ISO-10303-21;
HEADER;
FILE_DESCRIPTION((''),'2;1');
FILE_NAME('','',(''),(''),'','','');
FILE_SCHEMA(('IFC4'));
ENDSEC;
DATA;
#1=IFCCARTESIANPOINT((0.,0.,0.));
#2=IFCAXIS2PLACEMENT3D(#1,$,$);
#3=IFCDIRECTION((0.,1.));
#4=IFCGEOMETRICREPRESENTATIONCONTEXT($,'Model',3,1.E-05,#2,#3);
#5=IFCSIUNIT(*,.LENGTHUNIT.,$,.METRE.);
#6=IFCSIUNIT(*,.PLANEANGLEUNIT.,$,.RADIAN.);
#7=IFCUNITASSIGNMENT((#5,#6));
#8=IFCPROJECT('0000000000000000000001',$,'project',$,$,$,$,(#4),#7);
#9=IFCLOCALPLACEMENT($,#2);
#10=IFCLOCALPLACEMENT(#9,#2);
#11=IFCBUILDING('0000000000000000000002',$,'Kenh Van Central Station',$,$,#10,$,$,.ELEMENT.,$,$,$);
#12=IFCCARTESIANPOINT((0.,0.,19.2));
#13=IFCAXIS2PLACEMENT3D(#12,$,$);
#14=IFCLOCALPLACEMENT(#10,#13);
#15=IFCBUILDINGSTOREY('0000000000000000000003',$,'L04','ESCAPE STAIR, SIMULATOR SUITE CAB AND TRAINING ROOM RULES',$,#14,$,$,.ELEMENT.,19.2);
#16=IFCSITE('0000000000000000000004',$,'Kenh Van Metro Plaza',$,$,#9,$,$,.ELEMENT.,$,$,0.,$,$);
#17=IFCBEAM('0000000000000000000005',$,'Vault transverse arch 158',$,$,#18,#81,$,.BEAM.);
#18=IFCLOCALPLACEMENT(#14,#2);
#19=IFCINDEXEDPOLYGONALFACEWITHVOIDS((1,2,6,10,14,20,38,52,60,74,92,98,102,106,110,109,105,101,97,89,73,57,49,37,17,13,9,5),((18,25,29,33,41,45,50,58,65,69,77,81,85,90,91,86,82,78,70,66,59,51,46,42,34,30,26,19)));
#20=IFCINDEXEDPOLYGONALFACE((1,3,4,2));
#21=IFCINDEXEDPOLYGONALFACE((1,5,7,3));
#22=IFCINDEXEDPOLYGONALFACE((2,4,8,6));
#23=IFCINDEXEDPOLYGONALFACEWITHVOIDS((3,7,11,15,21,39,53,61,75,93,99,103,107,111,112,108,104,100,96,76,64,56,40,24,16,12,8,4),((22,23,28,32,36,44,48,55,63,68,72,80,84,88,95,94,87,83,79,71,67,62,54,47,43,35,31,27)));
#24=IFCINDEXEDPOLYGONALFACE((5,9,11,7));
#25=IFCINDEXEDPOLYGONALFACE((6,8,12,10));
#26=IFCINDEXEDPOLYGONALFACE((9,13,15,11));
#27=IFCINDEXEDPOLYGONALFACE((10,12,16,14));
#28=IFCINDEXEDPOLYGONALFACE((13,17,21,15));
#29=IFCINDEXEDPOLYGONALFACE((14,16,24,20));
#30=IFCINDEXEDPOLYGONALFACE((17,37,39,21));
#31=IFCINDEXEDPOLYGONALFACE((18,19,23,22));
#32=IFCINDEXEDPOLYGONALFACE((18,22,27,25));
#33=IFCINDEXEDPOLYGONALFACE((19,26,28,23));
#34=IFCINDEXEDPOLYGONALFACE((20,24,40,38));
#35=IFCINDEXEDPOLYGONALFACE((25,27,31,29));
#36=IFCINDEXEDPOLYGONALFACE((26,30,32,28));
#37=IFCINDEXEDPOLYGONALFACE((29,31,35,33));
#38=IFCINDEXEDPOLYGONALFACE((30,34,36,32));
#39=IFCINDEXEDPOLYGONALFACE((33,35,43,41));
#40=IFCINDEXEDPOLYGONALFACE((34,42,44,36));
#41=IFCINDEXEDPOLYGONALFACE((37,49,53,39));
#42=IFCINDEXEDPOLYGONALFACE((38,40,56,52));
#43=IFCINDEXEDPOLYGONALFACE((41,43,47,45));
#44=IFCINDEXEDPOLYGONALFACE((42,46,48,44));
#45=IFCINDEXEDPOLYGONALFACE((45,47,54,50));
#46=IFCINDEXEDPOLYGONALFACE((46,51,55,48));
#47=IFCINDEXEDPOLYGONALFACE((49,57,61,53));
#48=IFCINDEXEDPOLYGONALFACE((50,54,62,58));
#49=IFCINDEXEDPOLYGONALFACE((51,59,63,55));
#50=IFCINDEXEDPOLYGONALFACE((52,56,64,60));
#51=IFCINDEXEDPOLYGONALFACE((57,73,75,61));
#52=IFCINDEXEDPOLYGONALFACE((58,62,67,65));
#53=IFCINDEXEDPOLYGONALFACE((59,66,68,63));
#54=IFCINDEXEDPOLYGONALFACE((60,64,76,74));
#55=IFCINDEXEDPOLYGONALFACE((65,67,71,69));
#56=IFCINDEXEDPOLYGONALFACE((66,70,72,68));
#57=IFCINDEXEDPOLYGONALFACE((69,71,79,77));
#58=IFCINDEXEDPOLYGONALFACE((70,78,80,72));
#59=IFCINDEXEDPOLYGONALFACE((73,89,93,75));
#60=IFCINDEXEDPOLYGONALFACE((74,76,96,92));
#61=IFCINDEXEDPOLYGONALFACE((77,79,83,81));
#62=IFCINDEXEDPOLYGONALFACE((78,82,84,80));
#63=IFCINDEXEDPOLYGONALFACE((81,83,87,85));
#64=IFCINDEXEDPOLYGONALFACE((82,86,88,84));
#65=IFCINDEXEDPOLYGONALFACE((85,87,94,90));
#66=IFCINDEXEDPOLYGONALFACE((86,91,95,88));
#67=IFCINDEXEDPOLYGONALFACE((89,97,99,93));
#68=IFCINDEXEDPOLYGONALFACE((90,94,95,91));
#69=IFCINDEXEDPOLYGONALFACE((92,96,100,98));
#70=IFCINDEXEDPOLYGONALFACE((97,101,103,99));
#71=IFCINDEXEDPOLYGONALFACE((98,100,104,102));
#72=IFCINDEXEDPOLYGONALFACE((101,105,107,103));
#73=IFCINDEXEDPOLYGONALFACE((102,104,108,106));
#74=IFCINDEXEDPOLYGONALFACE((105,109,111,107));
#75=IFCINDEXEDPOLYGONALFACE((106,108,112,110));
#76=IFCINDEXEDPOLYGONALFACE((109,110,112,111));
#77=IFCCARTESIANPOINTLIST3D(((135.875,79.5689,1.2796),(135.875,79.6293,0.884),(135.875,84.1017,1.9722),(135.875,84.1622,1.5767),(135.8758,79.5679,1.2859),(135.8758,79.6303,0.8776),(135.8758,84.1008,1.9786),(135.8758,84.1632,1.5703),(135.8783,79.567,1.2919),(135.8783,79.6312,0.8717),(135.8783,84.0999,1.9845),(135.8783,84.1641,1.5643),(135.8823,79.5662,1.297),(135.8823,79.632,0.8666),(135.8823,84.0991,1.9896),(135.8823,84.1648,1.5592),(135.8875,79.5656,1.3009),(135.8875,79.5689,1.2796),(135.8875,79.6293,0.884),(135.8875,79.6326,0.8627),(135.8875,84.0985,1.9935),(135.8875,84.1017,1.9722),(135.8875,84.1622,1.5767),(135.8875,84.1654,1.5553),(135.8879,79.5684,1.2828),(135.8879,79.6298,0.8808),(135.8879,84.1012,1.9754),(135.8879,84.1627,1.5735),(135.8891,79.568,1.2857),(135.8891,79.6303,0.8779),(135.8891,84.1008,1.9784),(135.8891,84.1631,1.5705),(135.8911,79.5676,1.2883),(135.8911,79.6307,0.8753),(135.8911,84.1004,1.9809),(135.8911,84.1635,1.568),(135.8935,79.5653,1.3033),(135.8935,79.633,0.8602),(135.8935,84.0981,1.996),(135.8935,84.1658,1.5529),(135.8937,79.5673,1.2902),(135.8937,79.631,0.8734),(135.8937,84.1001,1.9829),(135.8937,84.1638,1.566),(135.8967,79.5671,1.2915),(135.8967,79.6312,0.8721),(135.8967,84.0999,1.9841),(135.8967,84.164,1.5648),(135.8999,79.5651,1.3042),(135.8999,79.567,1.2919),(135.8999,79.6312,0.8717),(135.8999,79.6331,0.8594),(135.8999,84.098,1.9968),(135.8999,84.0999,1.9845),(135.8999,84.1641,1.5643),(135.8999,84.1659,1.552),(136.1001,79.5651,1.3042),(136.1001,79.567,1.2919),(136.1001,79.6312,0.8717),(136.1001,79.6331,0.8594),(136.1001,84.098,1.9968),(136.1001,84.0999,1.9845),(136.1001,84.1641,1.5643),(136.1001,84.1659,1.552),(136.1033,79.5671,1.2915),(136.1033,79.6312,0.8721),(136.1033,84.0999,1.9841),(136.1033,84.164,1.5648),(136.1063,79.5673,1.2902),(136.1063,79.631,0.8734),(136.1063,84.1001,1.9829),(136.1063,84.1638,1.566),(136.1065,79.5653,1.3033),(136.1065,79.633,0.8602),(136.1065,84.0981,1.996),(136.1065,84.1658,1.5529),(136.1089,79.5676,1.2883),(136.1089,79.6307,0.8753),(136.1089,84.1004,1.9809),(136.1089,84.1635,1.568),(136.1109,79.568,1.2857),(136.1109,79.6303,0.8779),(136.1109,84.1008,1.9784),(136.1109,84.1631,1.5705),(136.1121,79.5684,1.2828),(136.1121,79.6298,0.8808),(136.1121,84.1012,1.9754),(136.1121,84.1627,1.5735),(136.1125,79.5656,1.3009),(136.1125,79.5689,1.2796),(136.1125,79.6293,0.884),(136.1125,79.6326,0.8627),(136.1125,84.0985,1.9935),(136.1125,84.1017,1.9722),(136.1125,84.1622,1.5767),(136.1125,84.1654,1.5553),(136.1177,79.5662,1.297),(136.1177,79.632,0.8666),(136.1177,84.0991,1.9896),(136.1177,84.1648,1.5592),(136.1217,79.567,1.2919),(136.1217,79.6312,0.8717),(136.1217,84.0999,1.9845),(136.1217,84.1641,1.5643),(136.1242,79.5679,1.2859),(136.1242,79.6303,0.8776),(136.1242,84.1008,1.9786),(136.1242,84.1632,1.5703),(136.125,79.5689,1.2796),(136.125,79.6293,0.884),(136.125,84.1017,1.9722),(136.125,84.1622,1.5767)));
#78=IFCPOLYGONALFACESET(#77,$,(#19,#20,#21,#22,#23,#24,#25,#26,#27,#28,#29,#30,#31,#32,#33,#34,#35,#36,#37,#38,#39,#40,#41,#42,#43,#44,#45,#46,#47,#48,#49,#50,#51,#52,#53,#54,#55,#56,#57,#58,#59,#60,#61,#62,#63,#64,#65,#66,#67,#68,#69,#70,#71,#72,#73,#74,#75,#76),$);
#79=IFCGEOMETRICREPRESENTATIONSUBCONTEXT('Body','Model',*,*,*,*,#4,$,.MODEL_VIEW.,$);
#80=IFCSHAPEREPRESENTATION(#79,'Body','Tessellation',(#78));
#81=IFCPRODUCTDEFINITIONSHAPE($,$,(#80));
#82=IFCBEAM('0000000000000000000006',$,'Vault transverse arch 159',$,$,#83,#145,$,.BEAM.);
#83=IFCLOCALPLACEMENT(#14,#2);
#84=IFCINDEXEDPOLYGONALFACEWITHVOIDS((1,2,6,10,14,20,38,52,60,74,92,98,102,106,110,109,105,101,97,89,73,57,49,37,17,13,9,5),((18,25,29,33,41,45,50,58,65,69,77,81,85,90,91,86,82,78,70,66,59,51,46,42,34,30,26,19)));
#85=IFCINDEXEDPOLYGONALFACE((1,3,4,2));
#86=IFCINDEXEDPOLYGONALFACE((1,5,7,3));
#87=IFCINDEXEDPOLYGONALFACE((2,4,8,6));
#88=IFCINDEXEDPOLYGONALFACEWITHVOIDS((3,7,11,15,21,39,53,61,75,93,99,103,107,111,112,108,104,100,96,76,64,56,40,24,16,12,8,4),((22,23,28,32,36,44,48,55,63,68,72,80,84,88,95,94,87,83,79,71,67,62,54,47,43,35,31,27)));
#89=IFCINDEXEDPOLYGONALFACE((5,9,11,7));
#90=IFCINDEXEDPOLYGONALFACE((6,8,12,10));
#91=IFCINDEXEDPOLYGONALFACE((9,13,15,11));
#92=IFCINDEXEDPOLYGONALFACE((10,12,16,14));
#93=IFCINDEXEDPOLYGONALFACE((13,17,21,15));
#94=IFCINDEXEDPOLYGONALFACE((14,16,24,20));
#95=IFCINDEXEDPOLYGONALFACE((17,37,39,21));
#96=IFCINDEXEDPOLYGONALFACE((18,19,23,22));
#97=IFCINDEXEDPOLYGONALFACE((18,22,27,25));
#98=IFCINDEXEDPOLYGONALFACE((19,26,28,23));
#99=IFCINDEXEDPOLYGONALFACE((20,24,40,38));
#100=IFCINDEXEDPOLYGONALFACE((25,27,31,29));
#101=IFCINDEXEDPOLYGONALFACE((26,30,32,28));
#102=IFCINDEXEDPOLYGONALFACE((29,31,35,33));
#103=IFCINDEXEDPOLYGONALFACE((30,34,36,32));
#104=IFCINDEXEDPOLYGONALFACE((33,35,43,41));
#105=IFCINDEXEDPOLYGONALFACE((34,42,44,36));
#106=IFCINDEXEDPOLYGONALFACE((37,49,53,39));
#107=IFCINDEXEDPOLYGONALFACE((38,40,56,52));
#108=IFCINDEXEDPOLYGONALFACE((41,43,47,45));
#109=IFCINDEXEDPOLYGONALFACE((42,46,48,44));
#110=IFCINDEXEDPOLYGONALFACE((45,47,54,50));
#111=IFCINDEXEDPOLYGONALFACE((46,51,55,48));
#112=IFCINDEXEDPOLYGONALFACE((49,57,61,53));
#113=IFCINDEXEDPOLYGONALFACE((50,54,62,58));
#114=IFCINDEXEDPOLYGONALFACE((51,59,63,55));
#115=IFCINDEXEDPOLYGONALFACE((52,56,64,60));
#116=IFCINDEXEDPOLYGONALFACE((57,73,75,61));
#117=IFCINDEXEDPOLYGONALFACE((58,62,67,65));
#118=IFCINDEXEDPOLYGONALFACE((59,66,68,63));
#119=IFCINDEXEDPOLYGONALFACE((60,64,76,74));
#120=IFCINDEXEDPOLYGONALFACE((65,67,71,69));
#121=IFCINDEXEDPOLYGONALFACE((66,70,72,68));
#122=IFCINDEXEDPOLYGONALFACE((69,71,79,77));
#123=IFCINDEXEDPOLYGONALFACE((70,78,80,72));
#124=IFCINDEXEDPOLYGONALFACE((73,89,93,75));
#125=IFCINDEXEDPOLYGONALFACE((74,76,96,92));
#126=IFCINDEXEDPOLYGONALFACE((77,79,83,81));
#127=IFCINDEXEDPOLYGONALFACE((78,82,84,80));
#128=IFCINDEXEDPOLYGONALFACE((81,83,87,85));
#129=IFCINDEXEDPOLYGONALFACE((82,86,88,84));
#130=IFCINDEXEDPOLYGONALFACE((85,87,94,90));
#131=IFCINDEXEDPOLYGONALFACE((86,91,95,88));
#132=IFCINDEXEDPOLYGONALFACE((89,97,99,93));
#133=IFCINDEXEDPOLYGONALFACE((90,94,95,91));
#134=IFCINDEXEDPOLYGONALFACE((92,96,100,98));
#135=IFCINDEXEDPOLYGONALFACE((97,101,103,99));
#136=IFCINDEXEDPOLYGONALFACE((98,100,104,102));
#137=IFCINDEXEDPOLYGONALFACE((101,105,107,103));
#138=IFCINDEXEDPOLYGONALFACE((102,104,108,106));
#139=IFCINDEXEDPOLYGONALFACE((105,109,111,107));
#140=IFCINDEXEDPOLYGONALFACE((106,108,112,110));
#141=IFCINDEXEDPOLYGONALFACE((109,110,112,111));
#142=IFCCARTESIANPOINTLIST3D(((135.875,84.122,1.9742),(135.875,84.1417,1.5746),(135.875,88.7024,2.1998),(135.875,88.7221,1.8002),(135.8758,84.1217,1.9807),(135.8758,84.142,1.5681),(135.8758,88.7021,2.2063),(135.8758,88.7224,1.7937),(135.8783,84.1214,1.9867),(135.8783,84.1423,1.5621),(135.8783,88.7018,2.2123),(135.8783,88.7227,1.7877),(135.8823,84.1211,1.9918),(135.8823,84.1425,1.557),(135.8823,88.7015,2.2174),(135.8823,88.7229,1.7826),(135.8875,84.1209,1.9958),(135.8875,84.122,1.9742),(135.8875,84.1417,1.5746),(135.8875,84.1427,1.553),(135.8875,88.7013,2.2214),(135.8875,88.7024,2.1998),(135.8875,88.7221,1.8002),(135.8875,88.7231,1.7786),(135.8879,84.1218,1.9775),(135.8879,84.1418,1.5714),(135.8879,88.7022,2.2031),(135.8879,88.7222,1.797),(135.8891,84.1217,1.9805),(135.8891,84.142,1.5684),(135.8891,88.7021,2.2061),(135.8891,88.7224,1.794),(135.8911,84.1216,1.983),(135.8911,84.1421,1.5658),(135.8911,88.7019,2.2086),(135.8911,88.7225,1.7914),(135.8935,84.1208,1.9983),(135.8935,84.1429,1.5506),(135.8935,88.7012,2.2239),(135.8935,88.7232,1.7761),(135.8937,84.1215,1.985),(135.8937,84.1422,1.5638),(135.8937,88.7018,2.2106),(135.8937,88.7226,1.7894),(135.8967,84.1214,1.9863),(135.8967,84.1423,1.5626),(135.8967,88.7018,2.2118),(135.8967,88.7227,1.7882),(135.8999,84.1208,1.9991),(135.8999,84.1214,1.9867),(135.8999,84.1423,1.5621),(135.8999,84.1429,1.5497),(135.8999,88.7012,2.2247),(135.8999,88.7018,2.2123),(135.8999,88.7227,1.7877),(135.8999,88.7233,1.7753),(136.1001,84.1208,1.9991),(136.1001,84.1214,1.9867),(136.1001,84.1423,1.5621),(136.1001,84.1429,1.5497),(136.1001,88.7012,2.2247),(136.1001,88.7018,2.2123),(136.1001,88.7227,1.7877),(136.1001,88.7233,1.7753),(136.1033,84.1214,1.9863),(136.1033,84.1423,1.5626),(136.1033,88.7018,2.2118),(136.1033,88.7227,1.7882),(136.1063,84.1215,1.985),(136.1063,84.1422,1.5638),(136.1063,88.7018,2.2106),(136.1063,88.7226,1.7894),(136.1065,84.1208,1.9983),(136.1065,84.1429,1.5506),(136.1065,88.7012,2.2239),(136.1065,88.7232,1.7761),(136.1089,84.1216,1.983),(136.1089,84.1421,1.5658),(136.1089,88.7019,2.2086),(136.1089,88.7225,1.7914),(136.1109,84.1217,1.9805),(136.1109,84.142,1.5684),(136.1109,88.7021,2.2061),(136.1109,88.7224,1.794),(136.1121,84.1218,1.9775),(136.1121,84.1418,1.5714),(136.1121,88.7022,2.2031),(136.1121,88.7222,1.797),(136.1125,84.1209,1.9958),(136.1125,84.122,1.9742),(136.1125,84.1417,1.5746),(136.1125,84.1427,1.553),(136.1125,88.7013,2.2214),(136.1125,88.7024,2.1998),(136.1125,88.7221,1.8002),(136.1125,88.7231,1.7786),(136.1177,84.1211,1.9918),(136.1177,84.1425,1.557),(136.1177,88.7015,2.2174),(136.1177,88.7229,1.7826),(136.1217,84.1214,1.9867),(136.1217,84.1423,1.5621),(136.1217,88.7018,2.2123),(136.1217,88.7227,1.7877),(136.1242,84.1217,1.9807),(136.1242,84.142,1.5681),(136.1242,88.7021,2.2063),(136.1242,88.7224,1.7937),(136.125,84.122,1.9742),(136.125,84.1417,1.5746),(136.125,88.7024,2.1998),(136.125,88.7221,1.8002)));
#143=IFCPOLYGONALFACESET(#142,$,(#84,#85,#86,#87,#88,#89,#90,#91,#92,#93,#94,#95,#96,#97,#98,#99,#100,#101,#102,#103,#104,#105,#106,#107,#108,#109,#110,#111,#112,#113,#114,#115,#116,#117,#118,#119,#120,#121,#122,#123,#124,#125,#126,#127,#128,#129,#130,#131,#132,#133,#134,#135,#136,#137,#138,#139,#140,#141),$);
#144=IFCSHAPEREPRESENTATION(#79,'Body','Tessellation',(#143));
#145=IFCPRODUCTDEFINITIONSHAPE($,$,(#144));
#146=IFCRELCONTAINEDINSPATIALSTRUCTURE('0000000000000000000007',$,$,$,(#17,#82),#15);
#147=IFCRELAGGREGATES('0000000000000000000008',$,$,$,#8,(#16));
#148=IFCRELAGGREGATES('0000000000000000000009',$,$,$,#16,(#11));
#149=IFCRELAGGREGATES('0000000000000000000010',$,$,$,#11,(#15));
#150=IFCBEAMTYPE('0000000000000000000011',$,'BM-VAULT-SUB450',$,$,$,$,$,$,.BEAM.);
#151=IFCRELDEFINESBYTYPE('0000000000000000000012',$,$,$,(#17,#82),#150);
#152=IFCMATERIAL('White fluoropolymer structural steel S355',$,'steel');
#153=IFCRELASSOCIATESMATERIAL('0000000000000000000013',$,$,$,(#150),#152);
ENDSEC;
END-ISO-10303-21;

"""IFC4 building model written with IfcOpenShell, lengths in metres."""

from ifc_helpers import new_model, si_unit, direction, frame, origin, origin_2d, place, context, subcontext, project, spatial, hollow_rectangle, extrude, material, material_profile, profile_set, type_object, element, save


model = new_model("IFC4")

# Units and contexts
model_context = context("Model", 3, precision=1e-05, world=origin(), true_north=direction((0.0, 1.0)))
body_context = subcontext(model_context, "Body", "Model", "MODEL_VIEW")
ifc_project = project(units=[si_unit("LENGTHUNIT", "METRE"), si_unit("PLANEANGLEUNIT", "RADIAN")], contexts=[model_context])

# Site, building, storey
site_placement = place(None, origin())
site = spatial("IfcSite", under=ifc_project, at=site_placement, Name="Kenh Van Metro Plaza", CompositionType="ELEMENT", RefElevation=0.0)
building_placement = place(site_placement, origin())
building = spatial("IfcBuilding", under=site, at=building_placement, Name="Kenh Van Central Station", CompositionType="ELEMENT")
storey_placement = place(building_placement, frame((0.0, 0.0, 19.2)))
storey = spatial("IfcBuildingStorey", under=building, at=storey_placement, Name="L04", Description="ESCAPE STAIR, SIMULATOR SUITE CAB AND TRAINING ROOM RULES", CompositionType="ELEMENT", Elevation=19.2)

# Beams
ifc_material_1 = material(Name="White fluoropolymer structural steel S355", Category="steel")
ifc_material_profile_1 = material_profile(ifc_material_1, hollow_rectangle(XDim=0.25, YDim=0.45, WallThickness=0.0125, InnerFilletRadius=0.0125, OuterFilletRadius=0.0249, at=origin_2d()), Name="RHS 450x250x12.5")
ifc_profile_set_1 = profile_set([ifc_material_profile_1], Name="White fluoropolymer structural steel S355")
beam_type = type_object("IfcBeamType", Name="BM-VAULT-SUB450", PredefinedType="BEAM", material=ifc_profile_set_1)
beam_1_placement = place(storey_placement, frame((136.0, 79.5991, 1.0818), z_axis=(0.0, 0.988526, 0.151053), x_axis=(-1.0, 0.0, 0.0)))
element("IfcBeam", 1, at=beam_1_placement, inside=storey, type_object=beam_type, Name="Vault transverse arch 158", PredefinedType="BEAM", context=body_context, shape_type="SweptSolid", body=[
    extrude(hollow_rectangle(XDim=0.25, YDim=0.45, WallThickness=0.0125, InnerFilletRadius=0.0125, OuterFilletRadius=0.0249, at=origin_2d()), origin(), (0.0, 0.0, 1.0), 4.5854),
])
beam_2_placement = place(storey_placement, frame((136.0, 84.1318, 1.7744), z_axis=(0.0, 0.998789, 0.049191), x_axis=(-1.0, 0.0, 0.0)))
element("IfcBeam", 2, at=beam_2_placement, inside=storey, type_object=beam_type, Name="Vault transverse arch 159", PredefinedType="BEAM", context=body_context, shape_type="SweptSolid", body=[
    extrude(hollow_rectangle(XDim=0.25, YDim=0.45, WallThickness=0.0125, InnerFilletRadius=0.0125, OuterFilletRadius=0.0249, at=origin_2d()), origin(), (0.0, 0.0, 1.0), 4.5859),
])

save(model, "model.ifc")
